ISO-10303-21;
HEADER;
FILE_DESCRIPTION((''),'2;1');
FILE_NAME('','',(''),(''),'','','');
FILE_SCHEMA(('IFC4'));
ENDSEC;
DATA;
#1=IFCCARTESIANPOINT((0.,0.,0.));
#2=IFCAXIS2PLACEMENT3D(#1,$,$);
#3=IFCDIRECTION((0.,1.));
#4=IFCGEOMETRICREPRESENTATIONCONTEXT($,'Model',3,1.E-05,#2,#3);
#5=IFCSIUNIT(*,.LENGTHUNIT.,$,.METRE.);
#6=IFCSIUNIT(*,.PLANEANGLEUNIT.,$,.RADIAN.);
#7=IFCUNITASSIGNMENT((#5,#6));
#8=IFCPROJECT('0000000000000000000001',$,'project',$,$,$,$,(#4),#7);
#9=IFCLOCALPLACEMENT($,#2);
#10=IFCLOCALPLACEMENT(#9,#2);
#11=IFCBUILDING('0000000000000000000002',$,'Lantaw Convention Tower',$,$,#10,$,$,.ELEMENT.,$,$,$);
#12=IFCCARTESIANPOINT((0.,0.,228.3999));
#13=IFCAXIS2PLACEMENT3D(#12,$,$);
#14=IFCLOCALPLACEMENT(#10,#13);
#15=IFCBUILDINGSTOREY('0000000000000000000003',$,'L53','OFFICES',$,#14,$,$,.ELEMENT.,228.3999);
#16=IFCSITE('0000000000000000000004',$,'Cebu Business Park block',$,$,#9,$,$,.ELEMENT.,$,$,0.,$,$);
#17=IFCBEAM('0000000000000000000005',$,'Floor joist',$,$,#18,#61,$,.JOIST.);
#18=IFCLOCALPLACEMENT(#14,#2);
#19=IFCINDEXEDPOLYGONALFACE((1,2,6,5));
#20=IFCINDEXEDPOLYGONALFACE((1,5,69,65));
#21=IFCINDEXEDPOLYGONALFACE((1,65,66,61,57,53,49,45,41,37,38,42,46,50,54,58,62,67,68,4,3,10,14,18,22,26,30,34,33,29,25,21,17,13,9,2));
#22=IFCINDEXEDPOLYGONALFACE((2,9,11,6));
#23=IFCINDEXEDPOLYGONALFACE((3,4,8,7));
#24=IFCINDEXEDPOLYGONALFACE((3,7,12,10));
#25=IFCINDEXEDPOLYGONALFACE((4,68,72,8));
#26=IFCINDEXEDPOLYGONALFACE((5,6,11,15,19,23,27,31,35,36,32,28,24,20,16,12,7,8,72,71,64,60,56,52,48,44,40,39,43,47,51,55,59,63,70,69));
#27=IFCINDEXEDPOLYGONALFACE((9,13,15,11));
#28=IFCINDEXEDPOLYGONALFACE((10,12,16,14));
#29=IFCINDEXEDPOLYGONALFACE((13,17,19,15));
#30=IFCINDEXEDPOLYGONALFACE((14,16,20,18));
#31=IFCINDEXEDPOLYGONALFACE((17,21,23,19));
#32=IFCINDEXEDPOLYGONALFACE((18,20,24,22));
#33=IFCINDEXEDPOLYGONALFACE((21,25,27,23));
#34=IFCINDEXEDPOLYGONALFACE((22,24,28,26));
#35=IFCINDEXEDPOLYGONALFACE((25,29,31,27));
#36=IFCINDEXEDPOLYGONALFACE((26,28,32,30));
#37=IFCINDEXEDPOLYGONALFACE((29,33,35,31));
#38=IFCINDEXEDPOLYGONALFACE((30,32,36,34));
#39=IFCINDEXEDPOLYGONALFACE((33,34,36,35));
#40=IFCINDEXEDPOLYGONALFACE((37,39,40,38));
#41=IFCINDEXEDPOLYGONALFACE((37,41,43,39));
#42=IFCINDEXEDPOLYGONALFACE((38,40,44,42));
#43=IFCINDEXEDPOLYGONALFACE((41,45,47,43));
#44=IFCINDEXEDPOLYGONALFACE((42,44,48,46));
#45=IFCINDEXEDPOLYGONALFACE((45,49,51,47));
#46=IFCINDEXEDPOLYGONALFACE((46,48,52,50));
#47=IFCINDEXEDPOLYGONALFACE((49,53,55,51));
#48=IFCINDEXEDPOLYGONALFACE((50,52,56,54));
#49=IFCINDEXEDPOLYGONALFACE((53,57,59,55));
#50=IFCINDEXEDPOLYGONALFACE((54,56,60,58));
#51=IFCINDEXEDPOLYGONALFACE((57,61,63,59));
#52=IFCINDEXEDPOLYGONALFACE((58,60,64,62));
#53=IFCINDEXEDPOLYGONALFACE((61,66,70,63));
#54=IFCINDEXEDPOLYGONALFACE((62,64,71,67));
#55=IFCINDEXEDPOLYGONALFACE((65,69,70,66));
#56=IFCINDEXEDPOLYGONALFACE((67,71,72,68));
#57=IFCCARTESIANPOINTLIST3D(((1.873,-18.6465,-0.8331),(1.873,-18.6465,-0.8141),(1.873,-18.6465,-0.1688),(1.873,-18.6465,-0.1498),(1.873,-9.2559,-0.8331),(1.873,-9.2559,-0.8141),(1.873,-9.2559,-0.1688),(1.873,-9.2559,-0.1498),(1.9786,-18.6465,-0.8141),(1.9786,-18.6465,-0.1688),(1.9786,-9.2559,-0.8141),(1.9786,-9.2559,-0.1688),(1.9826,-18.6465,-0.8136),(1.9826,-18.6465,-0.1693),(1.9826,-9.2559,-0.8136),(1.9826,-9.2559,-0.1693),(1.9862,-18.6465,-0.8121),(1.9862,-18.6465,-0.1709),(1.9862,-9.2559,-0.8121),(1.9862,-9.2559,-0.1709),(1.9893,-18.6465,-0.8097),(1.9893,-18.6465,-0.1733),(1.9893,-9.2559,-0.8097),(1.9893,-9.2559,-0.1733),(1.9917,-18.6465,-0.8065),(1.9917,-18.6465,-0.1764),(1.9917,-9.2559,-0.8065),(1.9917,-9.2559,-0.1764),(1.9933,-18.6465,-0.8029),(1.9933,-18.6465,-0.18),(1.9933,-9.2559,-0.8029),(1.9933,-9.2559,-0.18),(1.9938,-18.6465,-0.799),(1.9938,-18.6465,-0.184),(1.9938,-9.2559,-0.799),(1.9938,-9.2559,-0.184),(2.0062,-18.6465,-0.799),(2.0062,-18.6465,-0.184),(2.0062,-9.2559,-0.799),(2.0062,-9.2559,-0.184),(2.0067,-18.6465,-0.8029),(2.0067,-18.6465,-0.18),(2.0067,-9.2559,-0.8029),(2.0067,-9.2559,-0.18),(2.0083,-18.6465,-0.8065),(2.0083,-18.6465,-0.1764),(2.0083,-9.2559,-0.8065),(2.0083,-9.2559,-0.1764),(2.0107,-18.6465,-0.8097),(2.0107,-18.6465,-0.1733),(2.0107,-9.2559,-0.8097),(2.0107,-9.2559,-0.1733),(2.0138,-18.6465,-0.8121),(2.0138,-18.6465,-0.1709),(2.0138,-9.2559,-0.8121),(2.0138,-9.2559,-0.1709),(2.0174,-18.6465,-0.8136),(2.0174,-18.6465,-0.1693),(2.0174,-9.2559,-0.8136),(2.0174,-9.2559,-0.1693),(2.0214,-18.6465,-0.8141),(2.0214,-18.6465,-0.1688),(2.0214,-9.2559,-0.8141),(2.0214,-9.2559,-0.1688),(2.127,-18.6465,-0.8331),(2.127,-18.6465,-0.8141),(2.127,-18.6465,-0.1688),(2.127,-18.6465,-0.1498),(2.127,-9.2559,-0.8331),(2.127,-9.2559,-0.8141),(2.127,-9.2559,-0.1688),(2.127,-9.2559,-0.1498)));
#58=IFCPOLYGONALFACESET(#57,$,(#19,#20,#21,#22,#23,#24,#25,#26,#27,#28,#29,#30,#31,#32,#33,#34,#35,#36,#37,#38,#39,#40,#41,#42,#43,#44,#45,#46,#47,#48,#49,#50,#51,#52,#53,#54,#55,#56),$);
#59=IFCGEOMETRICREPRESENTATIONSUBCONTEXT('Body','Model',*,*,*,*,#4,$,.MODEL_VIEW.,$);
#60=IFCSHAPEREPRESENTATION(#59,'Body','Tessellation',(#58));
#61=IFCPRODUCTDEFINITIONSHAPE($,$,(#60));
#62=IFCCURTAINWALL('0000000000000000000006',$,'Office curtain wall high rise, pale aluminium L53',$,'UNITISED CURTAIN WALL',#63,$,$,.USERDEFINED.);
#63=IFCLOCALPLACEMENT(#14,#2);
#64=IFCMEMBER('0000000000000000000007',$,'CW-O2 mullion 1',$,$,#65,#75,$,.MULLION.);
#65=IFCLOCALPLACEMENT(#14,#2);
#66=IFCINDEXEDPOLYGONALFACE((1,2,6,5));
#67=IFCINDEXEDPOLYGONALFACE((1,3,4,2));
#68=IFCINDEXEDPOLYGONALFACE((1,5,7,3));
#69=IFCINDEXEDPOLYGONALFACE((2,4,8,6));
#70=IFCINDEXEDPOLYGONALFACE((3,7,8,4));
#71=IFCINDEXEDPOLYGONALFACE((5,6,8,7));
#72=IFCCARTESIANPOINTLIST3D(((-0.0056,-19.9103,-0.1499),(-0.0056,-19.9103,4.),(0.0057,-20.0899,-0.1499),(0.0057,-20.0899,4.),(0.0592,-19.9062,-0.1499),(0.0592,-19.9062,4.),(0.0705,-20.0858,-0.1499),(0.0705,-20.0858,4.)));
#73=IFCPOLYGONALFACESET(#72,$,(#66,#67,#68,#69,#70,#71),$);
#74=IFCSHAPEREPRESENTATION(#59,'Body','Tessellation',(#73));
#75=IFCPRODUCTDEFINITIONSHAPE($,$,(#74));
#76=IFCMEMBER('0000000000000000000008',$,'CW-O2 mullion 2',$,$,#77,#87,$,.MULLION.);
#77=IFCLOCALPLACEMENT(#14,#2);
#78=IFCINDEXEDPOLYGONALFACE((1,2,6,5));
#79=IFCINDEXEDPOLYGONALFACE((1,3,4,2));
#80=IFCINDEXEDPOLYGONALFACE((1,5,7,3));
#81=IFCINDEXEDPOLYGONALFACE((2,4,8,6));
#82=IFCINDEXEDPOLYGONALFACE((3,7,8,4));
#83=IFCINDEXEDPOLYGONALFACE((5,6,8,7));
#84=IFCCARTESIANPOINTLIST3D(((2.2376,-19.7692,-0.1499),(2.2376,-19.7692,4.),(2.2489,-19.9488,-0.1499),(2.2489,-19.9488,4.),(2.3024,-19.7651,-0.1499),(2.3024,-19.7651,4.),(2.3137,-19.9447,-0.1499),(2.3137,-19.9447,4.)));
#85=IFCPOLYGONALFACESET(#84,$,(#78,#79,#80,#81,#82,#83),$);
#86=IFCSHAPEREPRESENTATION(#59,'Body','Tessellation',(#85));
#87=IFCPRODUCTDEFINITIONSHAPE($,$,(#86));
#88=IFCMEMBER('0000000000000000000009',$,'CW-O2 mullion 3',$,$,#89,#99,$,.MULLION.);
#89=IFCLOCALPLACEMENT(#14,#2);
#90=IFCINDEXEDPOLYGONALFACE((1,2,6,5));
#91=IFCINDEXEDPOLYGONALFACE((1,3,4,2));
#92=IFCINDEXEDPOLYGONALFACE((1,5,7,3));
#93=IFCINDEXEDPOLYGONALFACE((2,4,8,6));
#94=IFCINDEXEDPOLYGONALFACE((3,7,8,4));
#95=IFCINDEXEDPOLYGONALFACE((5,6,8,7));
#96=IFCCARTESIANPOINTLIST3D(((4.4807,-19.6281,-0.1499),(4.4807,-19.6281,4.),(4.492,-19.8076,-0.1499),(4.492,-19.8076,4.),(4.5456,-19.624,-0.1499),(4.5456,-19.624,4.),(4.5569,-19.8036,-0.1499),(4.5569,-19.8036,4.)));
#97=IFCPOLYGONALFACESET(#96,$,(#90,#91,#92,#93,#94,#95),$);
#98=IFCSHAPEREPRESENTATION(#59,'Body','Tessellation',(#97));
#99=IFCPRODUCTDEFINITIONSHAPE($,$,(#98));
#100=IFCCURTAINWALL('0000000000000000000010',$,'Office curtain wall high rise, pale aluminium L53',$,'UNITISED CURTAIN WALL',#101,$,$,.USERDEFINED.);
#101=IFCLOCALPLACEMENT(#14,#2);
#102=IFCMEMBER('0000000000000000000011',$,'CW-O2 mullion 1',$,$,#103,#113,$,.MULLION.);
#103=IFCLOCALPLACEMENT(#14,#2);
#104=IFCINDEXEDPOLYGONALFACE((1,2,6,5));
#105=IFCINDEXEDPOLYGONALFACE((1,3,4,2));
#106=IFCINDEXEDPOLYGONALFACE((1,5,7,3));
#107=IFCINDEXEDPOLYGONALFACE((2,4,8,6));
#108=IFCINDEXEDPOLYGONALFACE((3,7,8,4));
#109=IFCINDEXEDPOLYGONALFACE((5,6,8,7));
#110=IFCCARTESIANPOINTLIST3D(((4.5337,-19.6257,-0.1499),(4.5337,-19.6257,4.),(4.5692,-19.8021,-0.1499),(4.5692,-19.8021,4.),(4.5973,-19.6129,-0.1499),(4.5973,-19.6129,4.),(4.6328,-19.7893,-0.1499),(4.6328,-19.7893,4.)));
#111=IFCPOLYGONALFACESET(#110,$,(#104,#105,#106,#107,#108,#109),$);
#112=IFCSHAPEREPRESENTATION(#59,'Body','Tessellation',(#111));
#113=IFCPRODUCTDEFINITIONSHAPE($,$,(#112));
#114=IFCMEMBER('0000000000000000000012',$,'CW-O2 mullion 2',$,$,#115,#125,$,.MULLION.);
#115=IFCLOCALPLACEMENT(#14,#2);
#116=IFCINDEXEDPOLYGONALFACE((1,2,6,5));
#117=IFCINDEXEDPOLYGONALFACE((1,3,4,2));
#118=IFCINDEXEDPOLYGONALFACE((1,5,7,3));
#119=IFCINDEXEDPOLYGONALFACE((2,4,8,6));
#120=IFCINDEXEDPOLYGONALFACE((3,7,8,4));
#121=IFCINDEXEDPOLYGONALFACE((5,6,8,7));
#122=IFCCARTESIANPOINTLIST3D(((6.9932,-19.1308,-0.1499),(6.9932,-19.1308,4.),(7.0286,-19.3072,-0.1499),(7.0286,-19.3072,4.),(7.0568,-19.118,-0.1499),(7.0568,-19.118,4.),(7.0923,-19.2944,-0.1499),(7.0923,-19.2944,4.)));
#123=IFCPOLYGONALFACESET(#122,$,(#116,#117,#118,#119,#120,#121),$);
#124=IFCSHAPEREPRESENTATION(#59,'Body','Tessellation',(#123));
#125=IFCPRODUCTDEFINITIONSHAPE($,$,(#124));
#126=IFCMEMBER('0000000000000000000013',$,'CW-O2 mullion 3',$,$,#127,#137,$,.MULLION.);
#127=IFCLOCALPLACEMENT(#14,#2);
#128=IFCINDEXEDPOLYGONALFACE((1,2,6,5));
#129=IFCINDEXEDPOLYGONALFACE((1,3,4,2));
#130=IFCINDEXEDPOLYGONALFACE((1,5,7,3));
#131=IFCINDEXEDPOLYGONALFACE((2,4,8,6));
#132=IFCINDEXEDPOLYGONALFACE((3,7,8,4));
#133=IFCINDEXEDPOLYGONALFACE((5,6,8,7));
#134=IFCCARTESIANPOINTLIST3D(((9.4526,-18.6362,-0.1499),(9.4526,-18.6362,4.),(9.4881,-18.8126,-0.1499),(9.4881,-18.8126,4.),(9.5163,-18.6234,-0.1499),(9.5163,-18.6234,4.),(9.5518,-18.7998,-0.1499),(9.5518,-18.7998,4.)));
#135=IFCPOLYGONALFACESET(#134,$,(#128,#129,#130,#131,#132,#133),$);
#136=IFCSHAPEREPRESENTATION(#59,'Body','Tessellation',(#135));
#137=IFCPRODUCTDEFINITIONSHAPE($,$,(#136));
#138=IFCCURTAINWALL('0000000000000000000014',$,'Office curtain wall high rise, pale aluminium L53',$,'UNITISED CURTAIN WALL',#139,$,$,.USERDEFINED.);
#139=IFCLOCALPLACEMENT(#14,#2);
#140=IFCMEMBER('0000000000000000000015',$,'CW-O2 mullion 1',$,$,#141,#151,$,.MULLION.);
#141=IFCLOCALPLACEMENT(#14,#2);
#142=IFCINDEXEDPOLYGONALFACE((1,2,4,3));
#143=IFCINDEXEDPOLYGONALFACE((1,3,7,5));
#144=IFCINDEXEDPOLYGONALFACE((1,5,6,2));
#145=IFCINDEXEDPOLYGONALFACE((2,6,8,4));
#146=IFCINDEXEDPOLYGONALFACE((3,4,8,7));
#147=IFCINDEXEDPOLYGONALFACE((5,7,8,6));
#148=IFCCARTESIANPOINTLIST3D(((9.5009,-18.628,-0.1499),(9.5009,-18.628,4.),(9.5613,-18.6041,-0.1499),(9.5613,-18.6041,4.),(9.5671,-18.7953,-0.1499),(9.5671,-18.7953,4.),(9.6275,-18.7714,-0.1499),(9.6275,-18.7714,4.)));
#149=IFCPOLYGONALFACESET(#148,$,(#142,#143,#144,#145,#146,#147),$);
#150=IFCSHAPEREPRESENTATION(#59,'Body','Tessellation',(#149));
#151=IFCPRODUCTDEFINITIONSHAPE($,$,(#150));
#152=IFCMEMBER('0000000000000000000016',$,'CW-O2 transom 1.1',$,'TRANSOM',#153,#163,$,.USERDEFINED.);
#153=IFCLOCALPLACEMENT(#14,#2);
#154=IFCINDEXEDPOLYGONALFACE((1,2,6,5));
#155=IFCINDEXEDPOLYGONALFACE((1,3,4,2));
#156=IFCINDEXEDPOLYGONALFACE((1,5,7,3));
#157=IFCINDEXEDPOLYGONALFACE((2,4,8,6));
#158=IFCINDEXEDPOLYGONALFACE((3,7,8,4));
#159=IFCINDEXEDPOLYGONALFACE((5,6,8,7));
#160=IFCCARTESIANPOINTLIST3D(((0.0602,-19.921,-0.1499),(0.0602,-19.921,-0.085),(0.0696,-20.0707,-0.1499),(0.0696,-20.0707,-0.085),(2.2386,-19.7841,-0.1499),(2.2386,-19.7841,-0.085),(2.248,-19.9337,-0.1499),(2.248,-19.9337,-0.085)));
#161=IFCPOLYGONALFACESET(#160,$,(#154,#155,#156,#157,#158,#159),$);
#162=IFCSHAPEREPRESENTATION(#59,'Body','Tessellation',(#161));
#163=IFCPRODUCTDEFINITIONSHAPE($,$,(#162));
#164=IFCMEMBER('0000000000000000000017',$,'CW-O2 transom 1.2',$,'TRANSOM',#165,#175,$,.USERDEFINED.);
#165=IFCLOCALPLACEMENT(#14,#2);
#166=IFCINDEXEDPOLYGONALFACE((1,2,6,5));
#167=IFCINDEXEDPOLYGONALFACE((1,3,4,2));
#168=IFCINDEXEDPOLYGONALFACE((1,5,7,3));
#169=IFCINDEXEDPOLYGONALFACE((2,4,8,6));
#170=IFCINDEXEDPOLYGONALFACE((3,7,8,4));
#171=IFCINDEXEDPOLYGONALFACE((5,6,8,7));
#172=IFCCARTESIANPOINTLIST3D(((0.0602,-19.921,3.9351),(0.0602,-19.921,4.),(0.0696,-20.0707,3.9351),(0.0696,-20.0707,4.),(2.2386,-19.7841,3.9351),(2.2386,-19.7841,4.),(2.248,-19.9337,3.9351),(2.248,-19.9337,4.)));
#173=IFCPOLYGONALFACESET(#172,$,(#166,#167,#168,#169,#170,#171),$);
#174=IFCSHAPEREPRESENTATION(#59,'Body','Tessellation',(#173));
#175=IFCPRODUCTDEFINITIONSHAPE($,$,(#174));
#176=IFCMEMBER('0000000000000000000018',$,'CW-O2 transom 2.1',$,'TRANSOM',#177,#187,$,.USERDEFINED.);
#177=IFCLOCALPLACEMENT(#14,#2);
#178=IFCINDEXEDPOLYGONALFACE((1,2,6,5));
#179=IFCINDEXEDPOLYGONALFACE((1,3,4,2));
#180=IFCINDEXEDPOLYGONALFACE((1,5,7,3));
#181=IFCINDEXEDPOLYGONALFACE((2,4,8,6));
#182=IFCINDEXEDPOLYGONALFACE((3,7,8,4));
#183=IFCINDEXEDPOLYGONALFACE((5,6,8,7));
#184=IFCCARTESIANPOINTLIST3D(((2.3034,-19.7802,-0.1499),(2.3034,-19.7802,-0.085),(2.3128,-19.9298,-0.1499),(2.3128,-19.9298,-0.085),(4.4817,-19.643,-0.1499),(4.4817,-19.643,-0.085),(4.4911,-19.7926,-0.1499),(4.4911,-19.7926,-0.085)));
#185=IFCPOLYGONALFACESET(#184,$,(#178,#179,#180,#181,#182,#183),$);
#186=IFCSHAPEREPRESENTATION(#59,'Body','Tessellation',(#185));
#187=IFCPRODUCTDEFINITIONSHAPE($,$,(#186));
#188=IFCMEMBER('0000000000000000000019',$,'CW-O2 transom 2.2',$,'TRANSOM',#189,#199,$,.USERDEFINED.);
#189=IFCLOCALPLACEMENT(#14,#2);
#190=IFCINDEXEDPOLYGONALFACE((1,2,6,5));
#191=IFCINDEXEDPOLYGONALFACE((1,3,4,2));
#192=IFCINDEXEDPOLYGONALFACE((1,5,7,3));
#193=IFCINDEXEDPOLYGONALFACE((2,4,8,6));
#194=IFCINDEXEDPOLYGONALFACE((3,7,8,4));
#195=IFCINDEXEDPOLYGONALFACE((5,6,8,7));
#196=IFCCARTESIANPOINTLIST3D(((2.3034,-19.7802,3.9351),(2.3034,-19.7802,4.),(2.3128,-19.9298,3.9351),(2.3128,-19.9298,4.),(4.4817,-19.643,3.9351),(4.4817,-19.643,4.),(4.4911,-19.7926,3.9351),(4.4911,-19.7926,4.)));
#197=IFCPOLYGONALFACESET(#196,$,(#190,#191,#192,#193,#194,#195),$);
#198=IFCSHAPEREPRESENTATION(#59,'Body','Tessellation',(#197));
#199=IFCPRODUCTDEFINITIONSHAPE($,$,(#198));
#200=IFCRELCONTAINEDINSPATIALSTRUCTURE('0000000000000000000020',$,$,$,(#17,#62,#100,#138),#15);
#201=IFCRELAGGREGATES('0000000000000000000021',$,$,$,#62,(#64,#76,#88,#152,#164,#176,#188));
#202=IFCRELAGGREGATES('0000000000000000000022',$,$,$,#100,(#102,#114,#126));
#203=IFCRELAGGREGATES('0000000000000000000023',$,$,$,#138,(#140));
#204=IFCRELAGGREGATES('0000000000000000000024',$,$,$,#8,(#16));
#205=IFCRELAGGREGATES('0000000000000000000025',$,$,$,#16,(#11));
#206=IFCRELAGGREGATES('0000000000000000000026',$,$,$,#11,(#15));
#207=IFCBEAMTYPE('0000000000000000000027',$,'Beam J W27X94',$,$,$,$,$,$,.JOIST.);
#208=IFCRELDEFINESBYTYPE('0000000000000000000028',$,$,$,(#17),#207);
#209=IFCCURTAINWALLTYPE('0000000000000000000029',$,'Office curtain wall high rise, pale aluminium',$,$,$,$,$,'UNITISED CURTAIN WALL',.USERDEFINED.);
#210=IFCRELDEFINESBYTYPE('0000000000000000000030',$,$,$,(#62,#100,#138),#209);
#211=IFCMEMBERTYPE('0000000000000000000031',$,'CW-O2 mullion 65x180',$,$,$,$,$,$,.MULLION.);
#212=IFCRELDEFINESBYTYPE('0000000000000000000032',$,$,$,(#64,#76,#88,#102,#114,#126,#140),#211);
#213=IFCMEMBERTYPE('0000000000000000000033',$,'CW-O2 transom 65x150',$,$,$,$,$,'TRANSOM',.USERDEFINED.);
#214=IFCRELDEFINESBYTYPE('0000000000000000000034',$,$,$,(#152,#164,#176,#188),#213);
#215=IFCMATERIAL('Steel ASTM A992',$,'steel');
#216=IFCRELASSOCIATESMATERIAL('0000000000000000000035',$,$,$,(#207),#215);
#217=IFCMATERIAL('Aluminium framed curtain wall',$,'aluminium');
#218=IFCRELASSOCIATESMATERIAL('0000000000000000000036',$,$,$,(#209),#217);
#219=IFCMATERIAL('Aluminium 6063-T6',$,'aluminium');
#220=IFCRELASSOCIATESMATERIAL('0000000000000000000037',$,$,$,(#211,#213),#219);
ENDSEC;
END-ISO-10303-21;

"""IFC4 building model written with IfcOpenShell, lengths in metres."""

from ifc_helpers import new_model, si_unit, direction, frame, origin, origin_2d, place, context, subcontext, project, spatial, rectangle, i_section, extrude, material, material_profile, profile_set, type_object, element, aggregate, save


model = new_model("IFC4")

# Units and contexts
model_context = context("Model", 3, precision=1e-05, world=origin(), true_north=direction((0.0, 1.0)))
body_context = subcontext(model_context, "Body", "Model", "MODEL_VIEW")
ifc_project = project(units=[si_unit("LENGTHUNIT", "METRE"), si_unit("PLANEANGLEUNIT", "RADIAN")], contexts=[model_context])

# Site, building, storey
site_placement = place(None, origin())
site = spatial("IfcSite", under=ifc_project, at=site_placement, Name="Cebu Business Park block", CompositionType="ELEMENT", RefElevation=0.0)
building_placement = place(site_placement, origin())
building = spatial("IfcBuilding", under=site, at=building_placement, Name="Lantaw Convention Tower", CompositionType="ELEMENT")
storey_placement = place(building_placement, frame((0.0, 0.0, 228.3999)))
storey = spatial("IfcBuildingStorey", under=building, at=storey_placement, Name="L53", Description="OFFICES", CompositionType="ELEMENT", Elevation=228.3999)

# Beam
ifc_material_1 = material(Name="Steel ASTM A992", Category="steel")
ifc_material_profile_1 = material_profile(ifc_material_1, i_section(OverallWidth=0.2539, OverallDepth=0.6833, WebThickness=0.0125, FlangeThickness=0.019, FilletRadius=0.0151, at=origin_2d()), Name="W27X94")
ifc_profile_set_1 = profile_set([ifc_material_profile_1], Name="Steel ASTM A992")
beam_type_1 = type_object("IfcBeamType", Name="Beam J W27X94", PredefinedType="JOIST", material=ifc_profile_set_1)
beam_1_placement = place(storey_placement, frame((2.0, -18.6465, -0.4915), z_axis=(0.0, 1.0, 0.0), x_axis=(-1.0, 0.0, 0.0)))
element("IfcBeam", 1, at=beam_1_placement, inside=storey, type_object=beam_type_1, Name="Floor joist", PredefinedType="JOIST", context=body_context, shape_type="SweptSolid", body=[
    extrude(i_section(OverallWidth=0.2539, OverallDepth=0.6833, WebThickness=0.0125, FlangeThickness=0.019, FilletRadius=0.0151, at=origin_2d()), origin(), (0.0, 0.0, 1.0), 9.3906),
])

# Curtain walls, members
ifc_material_2 = material(Name="Aluminium framed curtain wall", Category="aluminium")
curtain_wall_type = type_object("IfcCurtainWallType", Name="Office curtain wall high rise, pale aluminium", ElementType="UNITISED CURTAIN WALL", PredefinedType="USERDEFINED", material=ifc_material_2)
curtain_wall_1_placement = place(storey_placement, origin())
curtain_wall_1 = element("IfcCurtainWall", 2, at=curtain_wall_1_placement, inside=storey, type_object=curtain_wall_type, Name="Office curtain wall high rise, pale aluminium L53", ObjectType="UNITISED CURTAIN WALL", PredefinedType="USERDEFINED")
ifc_material_3 = material(Name="Aluminium 6063-T6", Category="aluminium")
ifc_material_profile_2 = material_profile(ifc_material_3, rectangle(XDim=0.1799, YDim=0.0649, at=origin_2d()), Name="CW-O2 mullion 65x180")
ifc_profile_set_2 = profile_set([ifc_material_profile_2], Name="Aluminium 6063-T6")
member_type_1 = type_object("IfcMemberType", Name="CW-O2 mullion 65x180", PredefinedType="MULLION", material=ifc_profile_set_2)
member_1_placement = place(storey_placement, frame((0.0325, -19.998, -0.1499), z_axis=(0.0, 0.0, 1.0), x_axis=(-0.062758, 0.998029, 0.0)))
member_1 = element("IfcMember", 3, at=member_1_placement, type_object=member_type_1, Name="CW-O2 mullion 1", PredefinedType="MULLION", context=body_context, shape_type="SweptSolid", body=[
    extrude(rectangle(XDim=0.1799, YDim=0.0649, at=origin_2d()), origin(), (0.0, 0.0, 1.0), 4.1499),
])
member_2_placement = place(storey_placement, frame((2.2756, -19.8569, -0.1499), z_axis=(0.0, 0.0, 1.0), x_axis=(-0.062758, 0.998029, 0.0)))
member_2 = element("IfcMember", 4, at=member_2_placement, type_object=member_type_1, Name="CW-O2 mullion 2", PredefinedType="MULLION", context=body_context, shape_type="SweptSolid", body=[
    extrude(rectangle(XDim=0.1799, YDim=0.0649, at=origin_2d()), origin(), (0.0, 0.0, 1.0), 4.1499),
])
member_3_placement = place(storey_placement, frame((4.5188, -19.7158, -0.1499), z_axis=(0.0, 0.0, 1.0), x_axis=(-0.062758, 0.998029, 0.0)))
member_3 = element("IfcMember", 5, at=member_3_placement, type_object=member_type_1, Name="CW-O2 mullion 3", PredefinedType="MULLION", context=body_context, shape_type="SweptSolid", body=[
    extrude(rectangle(XDim=0.1799, YDim=0.0649, at=origin_2d()), origin(), (0.0, 0.0, 1.0), 4.1499),
])
curtain_wall_2_placement = place(storey_placement, origin())
curtain_wall_2 = element("IfcCurtainWall", 6, at=curtain_wall_2_placement, inside=storey, type_object=curtain_wall_type, Name="Office curtain wall high rise, pale aluminium L53", ObjectType="UNITISED CURTAIN WALL", PredefinedType="USERDEFINED")
member_4_placement = place(storey_placement, frame((4.5833, -19.7075, -0.1499), z_axis=(0.0, 0.0, 1.0), x_axis=(-0.197183, 0.980367, 0.0)))
member_4 = element("IfcMember", 7, at=member_4_placement, type_object=member_type_1, Name="CW-O2 mullion 1", PredefinedType="MULLION", context=body_context, shape_type="SweptSolid", body=[
    extrude(rectangle(XDim=0.1799, YDim=0.0649, at=origin_2d()), origin(), (0.0, 0.0, 1.0), 4.1499),
])
member_5_placement = place(storey_placement, frame((7.0427, -19.2126, -0.1499), z_axis=(0.0, 0.0, 1.0), x_axis=(-0.197183, 0.980367, 0.0)))
member_5 = element("IfcMember", 8, at=member_5_placement, type_object=member_type_1, Name="CW-O2 mullion 2", PredefinedType="MULLION", context=body_context, shape_type="SweptSolid", body=[
    extrude(rectangle(XDim=0.1799, YDim=0.0649, at=origin_2d()), origin(), (0.0, 0.0, 1.0), 4.1499),
])
member_6_placement = place(storey_placement, frame((9.5022, -18.718, -0.1499), z_axis=(0.0, 0.0, 1.0), x_axis=(-0.197183, 0.980367, 0.0)))
member_6 = element("IfcMember", 9, at=member_6_placement, type_object=member_type_1, Name="CW-O2 mullion 3", PredefinedType="MULLION", context=body_context, shape_type="SweptSolid", body=[
    extrude(rectangle(XDim=0.1799, YDim=0.0649, at=origin_2d()), origin(), (0.0, 0.0, 1.0), 4.1499),
])

# Curtain wall, member
curtain_wall_3_placement = place(storey_placement, origin())
curtain_wall_3 = element("IfcCurtainWall", 10, at=curtain_wall_3_placement, inside=storey, type_object=curtain_wall_type, Name="Office curtain wall high rise, pale aluminium L53", ObjectType="UNITISED CURTAIN WALL", PredefinedType="USERDEFINED")
member_7_placement = place(storey_placement, frame((9.5642, -18.6997, -0.1499), z_axis=(0.0, 0.0, 1.0), x_axis=(-0.368162, 0.929762, 0.0)))
member_7 = element("IfcMember", 11, at=member_7_placement, type_object=member_type_1, Name="CW-O2 mullion 1", PredefinedType="MULLION", context=body_context, shape_type="SweptSolid", body=[
    extrude(rectangle(XDim=0.1799, YDim=0.0649, at=origin_2d()), origin(), (0.0, 0.0, 1.0), 4.1499),
])

# Members
ifc_material_profile_3 = material_profile(ifc_material_3, rectangle(XDim=0.1499, YDim=0.0649, at=origin_2d()), Name="CW-O2 transom 65x150")
ifc_profile_set_3 = profile_set([ifc_material_profile_3], Name="Aluminium 6063-T6")
member_type_2 = type_object("IfcMemberType", Name="CW-O2 transom 65x150", ElementType="TRANSOM", PredefinedType="USERDEFINED", material=ifc_profile_set_3)
member_8_placement = place(storey_placement, frame((0.0649, -19.9958, -0.1174), z_axis=(0.998029, 0.062754, 0.0), x_axis=(-0.062754, 0.998029, 0.0)))
member_8 = element("IfcMember", 12, at=member_8_placement, type_object=member_type_2, Name="CW-O2 transom 1.1", ObjectType="TRANSOM", PredefinedType="USERDEFINED", context=body_context, shape_type="SweptSolid", body=[
    extrude(rectangle(XDim=0.1499, YDim=0.0649, at=origin_2d()), origin(), (0.0, 0.0, 1.0), 2.1826),
])
member_9_placement = place(storey_placement, frame((0.0649, -19.9958, 3.9675), z_axis=(0.998029, 0.062754, 0.0), x_axis=(-0.062754, 0.998029, 0.0)))
member_9 = element("IfcMember", 13, at=member_9_placement, type_object=member_type_2, Name="CW-O2 transom 1.2", ObjectType="TRANSOM", PredefinedType="USERDEFINED", context=body_context, shape_type="SweptSolid", body=[
    extrude(rectangle(XDim=0.1499, YDim=0.0649, at=origin_2d()), origin(), (0.0, 0.0, 1.0), 2.1826),
])
member_10_placement = place(storey_placement, frame((2.3081, -19.855, -0.1174), z_axis=(0.998022, 0.062866, 0.0), x_axis=(-0.062866, 0.998022, 0.0)))
member_10 = element("IfcMember", 14, at=member_10_placement, type_object=member_type_2, Name="CW-O2 transom 2.1", ObjectType="TRANSOM", PredefinedType="USERDEFINED", context=body_context, shape_type="SweptSolid", body=[
    extrude(rectangle(XDim=0.1499, YDim=0.0649, at=origin_2d()), origin(), (0.0, 0.0, 1.0), 2.1826),
])
member_11_placement = place(storey_placement, frame((2.3081, -19.855, 3.9675), z_axis=(0.998022, 0.062866, 0.0), x_axis=(-0.062866, 0.998022, 0.0)))
member_11 = element("IfcMember", 15, at=member_11_placement, type_object=member_type_2, Name="CW-O2 transom 2.2", ObjectType="TRANSOM", PredefinedType="USERDEFINED", context=body_context, shape_type="SweptSolid", body=[
    extrude(rectangle(XDim=0.1499, YDim=0.0649, at=origin_2d()), origin(), (0.0, 0.0, 1.0), 2.1826),
])

aggregate(curtain_wall_1, [member_1, member_2, member_3, member_8, member_9, member_10, member_11])
aggregate(curtain_wall_2, [member_4, member_5, member_6])
aggregate(curtain_wall_3, [member_7])

save(model, "model.ifc")
